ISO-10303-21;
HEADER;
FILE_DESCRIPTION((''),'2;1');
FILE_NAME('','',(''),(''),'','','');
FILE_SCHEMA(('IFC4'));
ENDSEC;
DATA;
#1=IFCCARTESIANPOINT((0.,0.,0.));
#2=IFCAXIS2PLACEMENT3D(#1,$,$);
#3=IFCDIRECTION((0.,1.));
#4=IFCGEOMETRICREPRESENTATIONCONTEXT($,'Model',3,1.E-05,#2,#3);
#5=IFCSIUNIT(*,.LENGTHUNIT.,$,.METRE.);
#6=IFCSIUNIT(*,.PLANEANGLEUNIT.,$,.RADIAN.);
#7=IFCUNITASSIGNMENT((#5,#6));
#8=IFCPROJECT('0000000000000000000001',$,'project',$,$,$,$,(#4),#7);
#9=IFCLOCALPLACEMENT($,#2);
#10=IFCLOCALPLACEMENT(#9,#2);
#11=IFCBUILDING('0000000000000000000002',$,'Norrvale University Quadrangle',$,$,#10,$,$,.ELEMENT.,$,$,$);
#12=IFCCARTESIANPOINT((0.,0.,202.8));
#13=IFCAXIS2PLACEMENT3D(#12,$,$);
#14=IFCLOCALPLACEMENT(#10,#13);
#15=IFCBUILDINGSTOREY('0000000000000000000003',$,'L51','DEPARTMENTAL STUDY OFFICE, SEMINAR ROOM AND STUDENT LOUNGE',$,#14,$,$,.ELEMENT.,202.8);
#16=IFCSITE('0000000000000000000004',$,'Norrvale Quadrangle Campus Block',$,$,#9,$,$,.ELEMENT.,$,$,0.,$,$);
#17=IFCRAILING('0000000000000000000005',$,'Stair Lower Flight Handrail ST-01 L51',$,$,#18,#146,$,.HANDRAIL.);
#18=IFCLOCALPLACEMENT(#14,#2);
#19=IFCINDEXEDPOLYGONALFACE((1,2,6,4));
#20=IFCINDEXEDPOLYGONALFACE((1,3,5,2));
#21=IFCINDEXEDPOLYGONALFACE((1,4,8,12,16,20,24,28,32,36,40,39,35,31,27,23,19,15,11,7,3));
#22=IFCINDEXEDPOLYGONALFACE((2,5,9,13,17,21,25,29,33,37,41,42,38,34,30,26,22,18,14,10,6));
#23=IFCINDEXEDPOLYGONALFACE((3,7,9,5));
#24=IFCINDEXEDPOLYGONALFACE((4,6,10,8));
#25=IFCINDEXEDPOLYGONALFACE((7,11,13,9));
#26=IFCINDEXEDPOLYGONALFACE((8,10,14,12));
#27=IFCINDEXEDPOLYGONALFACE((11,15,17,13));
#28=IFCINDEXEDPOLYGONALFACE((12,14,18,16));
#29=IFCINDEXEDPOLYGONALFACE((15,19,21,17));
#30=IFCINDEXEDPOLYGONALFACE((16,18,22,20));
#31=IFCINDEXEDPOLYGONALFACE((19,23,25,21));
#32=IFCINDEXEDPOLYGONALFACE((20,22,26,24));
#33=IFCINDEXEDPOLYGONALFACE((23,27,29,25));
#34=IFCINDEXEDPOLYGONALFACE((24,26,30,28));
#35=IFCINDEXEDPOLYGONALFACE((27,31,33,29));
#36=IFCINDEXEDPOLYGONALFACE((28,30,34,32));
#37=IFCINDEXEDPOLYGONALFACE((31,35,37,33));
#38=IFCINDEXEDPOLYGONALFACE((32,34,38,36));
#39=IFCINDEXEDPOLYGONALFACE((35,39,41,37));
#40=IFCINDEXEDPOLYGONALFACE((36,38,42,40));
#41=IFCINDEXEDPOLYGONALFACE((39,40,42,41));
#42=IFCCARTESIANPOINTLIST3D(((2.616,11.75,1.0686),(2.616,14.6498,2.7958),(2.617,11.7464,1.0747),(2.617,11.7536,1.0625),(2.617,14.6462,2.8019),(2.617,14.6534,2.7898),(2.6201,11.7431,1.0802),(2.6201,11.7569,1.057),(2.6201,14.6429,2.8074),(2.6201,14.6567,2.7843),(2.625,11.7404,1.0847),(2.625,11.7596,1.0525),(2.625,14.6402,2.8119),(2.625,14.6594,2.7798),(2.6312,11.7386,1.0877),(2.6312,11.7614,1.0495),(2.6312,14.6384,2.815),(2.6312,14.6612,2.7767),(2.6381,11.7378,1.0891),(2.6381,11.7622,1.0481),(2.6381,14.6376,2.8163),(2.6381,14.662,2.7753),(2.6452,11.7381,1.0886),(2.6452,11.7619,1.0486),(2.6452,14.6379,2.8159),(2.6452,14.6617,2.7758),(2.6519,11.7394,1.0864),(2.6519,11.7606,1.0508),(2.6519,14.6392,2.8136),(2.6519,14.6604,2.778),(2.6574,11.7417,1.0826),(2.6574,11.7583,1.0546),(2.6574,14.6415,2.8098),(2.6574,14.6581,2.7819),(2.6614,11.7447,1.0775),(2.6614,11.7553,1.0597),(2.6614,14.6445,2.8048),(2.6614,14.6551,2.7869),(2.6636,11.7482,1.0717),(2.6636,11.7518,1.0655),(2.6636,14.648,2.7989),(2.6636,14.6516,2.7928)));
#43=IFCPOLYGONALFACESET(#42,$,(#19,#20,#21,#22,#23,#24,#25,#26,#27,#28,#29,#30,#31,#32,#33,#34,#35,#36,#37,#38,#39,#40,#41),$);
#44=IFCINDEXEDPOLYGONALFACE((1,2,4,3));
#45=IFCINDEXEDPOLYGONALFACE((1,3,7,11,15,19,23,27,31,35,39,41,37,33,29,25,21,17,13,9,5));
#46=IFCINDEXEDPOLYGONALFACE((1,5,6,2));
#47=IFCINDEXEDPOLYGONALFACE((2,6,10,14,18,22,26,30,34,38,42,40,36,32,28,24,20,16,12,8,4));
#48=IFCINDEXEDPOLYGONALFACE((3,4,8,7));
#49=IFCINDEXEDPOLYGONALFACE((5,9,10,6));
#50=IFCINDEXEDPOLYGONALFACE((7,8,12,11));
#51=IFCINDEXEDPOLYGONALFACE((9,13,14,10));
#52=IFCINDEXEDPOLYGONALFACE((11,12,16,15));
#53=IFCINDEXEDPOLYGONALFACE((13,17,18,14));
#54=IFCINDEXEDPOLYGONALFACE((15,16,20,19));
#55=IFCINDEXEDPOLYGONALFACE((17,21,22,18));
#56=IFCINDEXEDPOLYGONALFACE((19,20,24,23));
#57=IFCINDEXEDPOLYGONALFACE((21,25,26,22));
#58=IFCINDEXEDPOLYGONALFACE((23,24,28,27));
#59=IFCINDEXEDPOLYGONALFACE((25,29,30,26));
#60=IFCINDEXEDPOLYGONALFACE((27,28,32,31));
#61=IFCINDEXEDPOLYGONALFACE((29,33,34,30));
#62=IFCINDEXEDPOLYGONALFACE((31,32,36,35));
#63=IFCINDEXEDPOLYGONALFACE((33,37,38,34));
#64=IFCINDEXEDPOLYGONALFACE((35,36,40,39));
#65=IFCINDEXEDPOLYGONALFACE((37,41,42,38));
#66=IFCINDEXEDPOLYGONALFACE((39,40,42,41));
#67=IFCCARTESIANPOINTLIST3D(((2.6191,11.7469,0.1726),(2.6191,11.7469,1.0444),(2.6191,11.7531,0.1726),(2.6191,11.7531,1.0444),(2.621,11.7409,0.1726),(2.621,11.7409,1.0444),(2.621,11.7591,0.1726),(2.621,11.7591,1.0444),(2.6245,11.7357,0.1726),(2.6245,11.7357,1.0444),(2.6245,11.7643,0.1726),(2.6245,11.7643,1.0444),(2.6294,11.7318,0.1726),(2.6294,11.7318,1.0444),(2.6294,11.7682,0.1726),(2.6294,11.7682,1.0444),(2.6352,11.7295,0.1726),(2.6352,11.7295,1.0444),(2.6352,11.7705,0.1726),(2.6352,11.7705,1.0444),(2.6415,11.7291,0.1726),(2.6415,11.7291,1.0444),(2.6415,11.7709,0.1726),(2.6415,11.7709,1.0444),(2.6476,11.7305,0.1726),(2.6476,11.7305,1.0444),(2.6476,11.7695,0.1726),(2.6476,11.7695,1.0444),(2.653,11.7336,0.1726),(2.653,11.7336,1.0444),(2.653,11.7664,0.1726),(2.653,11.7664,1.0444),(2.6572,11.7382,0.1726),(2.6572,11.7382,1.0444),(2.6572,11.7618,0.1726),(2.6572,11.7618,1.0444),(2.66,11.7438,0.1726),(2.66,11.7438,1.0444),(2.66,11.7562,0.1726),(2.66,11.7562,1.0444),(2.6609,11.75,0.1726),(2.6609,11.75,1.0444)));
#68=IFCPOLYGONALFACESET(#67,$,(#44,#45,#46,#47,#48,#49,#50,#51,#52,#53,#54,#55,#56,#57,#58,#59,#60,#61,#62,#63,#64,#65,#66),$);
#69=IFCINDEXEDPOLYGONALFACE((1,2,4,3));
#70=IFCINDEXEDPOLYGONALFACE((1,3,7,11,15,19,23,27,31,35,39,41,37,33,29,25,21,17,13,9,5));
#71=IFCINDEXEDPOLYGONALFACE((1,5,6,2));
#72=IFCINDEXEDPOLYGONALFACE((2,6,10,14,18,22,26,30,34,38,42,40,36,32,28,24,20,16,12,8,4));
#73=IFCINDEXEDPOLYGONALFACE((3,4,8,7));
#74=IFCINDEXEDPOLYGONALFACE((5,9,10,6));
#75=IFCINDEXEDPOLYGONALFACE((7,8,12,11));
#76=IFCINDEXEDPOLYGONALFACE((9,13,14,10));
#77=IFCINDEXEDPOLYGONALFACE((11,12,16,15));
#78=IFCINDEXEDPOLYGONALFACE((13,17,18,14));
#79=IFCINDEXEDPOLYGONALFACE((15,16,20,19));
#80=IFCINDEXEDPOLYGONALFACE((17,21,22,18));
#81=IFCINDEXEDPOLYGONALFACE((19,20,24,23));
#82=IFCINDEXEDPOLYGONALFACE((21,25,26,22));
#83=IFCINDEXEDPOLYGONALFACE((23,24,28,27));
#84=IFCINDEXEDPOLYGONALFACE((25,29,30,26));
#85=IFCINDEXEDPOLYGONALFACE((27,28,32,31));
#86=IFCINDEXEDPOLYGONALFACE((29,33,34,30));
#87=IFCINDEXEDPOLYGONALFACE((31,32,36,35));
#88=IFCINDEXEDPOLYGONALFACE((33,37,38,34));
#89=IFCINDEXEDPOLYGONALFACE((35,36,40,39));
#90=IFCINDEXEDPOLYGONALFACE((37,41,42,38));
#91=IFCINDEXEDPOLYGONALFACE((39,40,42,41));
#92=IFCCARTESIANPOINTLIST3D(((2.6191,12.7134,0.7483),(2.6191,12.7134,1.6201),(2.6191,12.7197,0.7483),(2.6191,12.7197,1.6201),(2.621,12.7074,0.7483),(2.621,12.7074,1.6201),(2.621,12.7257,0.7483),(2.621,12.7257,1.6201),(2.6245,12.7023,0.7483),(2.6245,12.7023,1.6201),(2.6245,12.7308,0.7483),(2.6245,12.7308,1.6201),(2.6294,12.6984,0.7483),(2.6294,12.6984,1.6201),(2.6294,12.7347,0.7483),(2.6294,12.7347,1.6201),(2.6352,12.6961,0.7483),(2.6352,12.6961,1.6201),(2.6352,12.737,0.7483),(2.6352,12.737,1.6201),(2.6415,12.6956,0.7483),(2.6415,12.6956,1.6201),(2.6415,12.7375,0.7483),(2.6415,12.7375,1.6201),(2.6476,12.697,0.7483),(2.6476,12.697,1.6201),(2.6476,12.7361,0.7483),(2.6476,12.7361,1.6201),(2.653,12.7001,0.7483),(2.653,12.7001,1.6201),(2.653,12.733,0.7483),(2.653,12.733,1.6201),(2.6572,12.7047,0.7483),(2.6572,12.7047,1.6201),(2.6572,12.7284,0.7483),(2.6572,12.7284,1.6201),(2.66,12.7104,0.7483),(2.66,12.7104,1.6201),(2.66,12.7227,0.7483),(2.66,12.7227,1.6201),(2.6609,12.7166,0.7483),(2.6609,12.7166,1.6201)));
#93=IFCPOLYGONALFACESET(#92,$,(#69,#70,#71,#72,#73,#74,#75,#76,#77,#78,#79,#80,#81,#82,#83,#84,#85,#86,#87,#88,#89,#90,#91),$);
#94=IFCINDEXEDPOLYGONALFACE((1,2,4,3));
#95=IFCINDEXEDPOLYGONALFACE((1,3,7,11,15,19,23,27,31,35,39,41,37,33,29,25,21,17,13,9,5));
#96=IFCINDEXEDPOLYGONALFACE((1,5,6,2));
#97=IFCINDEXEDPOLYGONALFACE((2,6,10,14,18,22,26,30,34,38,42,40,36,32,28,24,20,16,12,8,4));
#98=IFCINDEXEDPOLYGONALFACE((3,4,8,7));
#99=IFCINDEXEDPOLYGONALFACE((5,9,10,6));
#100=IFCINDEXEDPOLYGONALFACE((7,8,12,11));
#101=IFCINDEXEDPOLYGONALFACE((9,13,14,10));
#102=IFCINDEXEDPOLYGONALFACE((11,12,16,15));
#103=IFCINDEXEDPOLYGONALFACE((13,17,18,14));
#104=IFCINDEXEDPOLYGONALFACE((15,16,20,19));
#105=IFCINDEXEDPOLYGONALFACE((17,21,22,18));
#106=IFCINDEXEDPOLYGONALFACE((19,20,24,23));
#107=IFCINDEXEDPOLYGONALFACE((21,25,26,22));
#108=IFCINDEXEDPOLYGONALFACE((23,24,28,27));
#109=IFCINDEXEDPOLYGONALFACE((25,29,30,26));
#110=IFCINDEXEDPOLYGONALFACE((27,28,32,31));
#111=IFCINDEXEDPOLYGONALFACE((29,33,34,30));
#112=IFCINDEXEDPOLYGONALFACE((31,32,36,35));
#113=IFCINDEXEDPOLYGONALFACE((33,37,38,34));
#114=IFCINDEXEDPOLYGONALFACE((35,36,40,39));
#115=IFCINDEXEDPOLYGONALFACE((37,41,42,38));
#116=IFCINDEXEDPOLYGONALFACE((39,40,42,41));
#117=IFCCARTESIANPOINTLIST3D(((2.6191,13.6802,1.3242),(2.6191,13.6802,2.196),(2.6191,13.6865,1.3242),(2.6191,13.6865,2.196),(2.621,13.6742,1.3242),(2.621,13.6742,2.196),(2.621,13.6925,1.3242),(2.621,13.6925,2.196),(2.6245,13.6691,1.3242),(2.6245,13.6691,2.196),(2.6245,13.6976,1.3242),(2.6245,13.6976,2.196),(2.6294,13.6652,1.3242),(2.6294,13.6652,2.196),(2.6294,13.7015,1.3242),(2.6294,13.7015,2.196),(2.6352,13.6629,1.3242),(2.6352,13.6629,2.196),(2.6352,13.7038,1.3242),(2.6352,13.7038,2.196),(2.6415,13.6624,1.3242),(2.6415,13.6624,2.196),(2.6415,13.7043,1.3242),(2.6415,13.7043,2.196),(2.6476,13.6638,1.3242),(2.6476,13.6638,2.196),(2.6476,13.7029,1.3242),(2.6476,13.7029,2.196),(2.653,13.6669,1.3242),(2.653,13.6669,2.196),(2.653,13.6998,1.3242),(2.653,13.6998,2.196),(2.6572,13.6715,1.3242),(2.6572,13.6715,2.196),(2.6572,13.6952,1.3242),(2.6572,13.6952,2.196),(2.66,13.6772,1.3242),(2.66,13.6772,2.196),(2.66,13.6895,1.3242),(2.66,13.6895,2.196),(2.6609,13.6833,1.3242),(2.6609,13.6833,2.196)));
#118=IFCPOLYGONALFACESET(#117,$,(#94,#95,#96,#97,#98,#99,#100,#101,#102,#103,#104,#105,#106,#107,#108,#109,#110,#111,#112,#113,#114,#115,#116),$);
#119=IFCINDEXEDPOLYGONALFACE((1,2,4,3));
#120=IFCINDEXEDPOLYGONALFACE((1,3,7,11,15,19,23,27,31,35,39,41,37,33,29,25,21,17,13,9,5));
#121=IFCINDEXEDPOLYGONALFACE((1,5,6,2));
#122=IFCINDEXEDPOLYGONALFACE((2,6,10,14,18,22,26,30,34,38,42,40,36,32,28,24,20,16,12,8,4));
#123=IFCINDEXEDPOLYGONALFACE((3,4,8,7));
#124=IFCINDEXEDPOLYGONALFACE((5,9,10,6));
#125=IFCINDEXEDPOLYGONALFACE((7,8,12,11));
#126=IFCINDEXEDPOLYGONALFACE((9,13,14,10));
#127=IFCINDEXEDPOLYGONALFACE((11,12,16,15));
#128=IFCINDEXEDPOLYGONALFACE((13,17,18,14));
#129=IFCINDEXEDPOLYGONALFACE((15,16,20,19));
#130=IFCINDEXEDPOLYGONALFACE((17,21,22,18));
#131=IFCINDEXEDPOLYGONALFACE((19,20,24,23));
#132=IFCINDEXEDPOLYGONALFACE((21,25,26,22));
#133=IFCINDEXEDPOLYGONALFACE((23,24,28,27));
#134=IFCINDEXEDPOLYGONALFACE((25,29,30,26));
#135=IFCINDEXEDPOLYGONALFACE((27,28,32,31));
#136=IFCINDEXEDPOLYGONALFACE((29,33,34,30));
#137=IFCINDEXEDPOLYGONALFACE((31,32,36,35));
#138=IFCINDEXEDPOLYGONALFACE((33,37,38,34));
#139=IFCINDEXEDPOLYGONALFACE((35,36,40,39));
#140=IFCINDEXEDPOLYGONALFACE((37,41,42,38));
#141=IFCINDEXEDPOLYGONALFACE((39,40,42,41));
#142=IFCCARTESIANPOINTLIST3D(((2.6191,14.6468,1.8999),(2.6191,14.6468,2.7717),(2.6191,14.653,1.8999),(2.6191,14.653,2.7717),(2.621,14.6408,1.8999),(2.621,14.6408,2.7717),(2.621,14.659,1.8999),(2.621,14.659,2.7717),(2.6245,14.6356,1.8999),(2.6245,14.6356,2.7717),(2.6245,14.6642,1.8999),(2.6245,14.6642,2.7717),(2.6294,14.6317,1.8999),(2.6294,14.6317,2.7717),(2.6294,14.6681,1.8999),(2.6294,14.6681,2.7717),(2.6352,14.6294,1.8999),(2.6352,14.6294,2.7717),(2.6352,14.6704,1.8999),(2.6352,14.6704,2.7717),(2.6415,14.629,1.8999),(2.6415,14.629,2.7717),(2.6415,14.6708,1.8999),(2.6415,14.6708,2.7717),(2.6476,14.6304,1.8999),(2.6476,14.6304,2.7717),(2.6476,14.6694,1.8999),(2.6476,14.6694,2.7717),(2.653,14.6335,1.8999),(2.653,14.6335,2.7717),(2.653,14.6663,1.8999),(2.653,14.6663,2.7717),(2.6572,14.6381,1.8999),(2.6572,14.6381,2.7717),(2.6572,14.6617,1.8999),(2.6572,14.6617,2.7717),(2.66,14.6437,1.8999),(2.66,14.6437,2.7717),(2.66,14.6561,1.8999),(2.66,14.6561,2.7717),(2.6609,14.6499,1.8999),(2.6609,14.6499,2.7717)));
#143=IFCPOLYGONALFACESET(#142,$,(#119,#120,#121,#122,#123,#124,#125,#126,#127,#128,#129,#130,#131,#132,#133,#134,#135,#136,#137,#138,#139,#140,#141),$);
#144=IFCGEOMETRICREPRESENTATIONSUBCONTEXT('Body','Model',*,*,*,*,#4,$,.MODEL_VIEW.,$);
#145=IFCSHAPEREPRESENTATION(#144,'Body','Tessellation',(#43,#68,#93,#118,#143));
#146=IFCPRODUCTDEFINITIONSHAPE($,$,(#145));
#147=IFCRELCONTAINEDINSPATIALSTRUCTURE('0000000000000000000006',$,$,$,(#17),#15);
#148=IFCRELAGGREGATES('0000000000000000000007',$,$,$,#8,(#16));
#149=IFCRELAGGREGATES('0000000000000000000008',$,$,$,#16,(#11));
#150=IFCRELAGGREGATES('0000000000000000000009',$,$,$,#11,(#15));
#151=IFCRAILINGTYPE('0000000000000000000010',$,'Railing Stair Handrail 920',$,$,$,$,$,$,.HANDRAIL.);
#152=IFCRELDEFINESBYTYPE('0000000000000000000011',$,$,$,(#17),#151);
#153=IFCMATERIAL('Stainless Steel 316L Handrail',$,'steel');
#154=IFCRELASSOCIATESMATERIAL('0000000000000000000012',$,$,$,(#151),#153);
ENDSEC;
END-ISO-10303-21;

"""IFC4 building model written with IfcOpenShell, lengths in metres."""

from ifc_helpers import new_model, si_unit, direction, frame, origin, origin_2d, place, context, subcontext, project, spatial, circle, extrude, material, type_object, element, save


model = new_model("IFC4")

# Units and contexts
model_context = context("Model", 3, precision=1e-05, world=origin(), true_north=direction((0.0, 1.0)))
body_context = subcontext(model_context, "Body", "Model", "MODEL_VIEW")
ifc_project = project(units=[si_unit("LENGTHUNIT", "METRE"), si_unit("PLANEANGLEUNIT", "RADIAN")], contexts=[model_context])

# Site, building, storey
site_placement = place(None, origin())
site = spatial("IfcSite", under=ifc_project, at=site_placement, Name="Norrvale Quadrangle Campus Block", CompositionType="ELEMENT", RefElevation=0.0)
building_placement = place(site_placement, origin())
building = spatial("IfcBuilding", under=site, at=building_placement, Name="Norrvale University Quadrangle", CompositionType="ELEMENT")
storey_placement = place(building_placement, frame((0.0, 0.0, 202.8)))
storey = spatial("IfcBuildingStorey", under=building, at=storey_placement, Name="L51", Description="DEPARTMENTAL STUDY OFFICE, SEMINAR ROOM AND STUDENT LOUNGE", CompositionType="ELEMENT", Elevation=202.8)

# Railing
ifc_material_1 = material(Name="Stainless Steel 316L Handrail", Category="steel")
railing_type_1 = type_object("IfcRailingType", Name="Railing Stair Handrail 920", PredefinedType="HANDRAIL", material=ifc_material_1)
railing_1_placement = place(storey_placement, frame((2.6399, 11.75, 0.1726)))
element("IfcRailing", 1, at=railing_1_placement, inside=storey, type_object=railing_type_1, Name="Stair Lower Flight Handrail ST-01 L51", PredefinedType="HANDRAIL", context=body_context, shape_type="SweptSolid", body=[
    extrude(circle(Radius=0.0239, at=origin_2d()), frame((0.0, 0.0, 0.896), z_axis=(0.0, 0.859141, 0.511738), x_axis=(-1.0, 0.0, 0.0)), (0.0, 0.0, 1.0), 3.3752),
    extrude(circle(Radius=0.021, at=origin_2d()), origin(), (0.0, 0.0, 1.0), 0.8718),
    extrude(circle(Radius=0.021, at=origin_2d()), frame((0.0, 0.9666, 0.5757)), (0.0, 0.0, 1.0), 0.8718),
    extrude(circle(Radius=0.021, at=origin_2d()), frame((0.0, 1.9333, 1.1516)), (0.0, 0.0, 1.0), 0.8718),
    extrude(circle(Radius=0.021, at=origin_2d()), frame((0.0, 2.8999, 1.7273)), (0.0, 0.0, 1.0), 0.8718),
])

save(model, "model.ifc")
